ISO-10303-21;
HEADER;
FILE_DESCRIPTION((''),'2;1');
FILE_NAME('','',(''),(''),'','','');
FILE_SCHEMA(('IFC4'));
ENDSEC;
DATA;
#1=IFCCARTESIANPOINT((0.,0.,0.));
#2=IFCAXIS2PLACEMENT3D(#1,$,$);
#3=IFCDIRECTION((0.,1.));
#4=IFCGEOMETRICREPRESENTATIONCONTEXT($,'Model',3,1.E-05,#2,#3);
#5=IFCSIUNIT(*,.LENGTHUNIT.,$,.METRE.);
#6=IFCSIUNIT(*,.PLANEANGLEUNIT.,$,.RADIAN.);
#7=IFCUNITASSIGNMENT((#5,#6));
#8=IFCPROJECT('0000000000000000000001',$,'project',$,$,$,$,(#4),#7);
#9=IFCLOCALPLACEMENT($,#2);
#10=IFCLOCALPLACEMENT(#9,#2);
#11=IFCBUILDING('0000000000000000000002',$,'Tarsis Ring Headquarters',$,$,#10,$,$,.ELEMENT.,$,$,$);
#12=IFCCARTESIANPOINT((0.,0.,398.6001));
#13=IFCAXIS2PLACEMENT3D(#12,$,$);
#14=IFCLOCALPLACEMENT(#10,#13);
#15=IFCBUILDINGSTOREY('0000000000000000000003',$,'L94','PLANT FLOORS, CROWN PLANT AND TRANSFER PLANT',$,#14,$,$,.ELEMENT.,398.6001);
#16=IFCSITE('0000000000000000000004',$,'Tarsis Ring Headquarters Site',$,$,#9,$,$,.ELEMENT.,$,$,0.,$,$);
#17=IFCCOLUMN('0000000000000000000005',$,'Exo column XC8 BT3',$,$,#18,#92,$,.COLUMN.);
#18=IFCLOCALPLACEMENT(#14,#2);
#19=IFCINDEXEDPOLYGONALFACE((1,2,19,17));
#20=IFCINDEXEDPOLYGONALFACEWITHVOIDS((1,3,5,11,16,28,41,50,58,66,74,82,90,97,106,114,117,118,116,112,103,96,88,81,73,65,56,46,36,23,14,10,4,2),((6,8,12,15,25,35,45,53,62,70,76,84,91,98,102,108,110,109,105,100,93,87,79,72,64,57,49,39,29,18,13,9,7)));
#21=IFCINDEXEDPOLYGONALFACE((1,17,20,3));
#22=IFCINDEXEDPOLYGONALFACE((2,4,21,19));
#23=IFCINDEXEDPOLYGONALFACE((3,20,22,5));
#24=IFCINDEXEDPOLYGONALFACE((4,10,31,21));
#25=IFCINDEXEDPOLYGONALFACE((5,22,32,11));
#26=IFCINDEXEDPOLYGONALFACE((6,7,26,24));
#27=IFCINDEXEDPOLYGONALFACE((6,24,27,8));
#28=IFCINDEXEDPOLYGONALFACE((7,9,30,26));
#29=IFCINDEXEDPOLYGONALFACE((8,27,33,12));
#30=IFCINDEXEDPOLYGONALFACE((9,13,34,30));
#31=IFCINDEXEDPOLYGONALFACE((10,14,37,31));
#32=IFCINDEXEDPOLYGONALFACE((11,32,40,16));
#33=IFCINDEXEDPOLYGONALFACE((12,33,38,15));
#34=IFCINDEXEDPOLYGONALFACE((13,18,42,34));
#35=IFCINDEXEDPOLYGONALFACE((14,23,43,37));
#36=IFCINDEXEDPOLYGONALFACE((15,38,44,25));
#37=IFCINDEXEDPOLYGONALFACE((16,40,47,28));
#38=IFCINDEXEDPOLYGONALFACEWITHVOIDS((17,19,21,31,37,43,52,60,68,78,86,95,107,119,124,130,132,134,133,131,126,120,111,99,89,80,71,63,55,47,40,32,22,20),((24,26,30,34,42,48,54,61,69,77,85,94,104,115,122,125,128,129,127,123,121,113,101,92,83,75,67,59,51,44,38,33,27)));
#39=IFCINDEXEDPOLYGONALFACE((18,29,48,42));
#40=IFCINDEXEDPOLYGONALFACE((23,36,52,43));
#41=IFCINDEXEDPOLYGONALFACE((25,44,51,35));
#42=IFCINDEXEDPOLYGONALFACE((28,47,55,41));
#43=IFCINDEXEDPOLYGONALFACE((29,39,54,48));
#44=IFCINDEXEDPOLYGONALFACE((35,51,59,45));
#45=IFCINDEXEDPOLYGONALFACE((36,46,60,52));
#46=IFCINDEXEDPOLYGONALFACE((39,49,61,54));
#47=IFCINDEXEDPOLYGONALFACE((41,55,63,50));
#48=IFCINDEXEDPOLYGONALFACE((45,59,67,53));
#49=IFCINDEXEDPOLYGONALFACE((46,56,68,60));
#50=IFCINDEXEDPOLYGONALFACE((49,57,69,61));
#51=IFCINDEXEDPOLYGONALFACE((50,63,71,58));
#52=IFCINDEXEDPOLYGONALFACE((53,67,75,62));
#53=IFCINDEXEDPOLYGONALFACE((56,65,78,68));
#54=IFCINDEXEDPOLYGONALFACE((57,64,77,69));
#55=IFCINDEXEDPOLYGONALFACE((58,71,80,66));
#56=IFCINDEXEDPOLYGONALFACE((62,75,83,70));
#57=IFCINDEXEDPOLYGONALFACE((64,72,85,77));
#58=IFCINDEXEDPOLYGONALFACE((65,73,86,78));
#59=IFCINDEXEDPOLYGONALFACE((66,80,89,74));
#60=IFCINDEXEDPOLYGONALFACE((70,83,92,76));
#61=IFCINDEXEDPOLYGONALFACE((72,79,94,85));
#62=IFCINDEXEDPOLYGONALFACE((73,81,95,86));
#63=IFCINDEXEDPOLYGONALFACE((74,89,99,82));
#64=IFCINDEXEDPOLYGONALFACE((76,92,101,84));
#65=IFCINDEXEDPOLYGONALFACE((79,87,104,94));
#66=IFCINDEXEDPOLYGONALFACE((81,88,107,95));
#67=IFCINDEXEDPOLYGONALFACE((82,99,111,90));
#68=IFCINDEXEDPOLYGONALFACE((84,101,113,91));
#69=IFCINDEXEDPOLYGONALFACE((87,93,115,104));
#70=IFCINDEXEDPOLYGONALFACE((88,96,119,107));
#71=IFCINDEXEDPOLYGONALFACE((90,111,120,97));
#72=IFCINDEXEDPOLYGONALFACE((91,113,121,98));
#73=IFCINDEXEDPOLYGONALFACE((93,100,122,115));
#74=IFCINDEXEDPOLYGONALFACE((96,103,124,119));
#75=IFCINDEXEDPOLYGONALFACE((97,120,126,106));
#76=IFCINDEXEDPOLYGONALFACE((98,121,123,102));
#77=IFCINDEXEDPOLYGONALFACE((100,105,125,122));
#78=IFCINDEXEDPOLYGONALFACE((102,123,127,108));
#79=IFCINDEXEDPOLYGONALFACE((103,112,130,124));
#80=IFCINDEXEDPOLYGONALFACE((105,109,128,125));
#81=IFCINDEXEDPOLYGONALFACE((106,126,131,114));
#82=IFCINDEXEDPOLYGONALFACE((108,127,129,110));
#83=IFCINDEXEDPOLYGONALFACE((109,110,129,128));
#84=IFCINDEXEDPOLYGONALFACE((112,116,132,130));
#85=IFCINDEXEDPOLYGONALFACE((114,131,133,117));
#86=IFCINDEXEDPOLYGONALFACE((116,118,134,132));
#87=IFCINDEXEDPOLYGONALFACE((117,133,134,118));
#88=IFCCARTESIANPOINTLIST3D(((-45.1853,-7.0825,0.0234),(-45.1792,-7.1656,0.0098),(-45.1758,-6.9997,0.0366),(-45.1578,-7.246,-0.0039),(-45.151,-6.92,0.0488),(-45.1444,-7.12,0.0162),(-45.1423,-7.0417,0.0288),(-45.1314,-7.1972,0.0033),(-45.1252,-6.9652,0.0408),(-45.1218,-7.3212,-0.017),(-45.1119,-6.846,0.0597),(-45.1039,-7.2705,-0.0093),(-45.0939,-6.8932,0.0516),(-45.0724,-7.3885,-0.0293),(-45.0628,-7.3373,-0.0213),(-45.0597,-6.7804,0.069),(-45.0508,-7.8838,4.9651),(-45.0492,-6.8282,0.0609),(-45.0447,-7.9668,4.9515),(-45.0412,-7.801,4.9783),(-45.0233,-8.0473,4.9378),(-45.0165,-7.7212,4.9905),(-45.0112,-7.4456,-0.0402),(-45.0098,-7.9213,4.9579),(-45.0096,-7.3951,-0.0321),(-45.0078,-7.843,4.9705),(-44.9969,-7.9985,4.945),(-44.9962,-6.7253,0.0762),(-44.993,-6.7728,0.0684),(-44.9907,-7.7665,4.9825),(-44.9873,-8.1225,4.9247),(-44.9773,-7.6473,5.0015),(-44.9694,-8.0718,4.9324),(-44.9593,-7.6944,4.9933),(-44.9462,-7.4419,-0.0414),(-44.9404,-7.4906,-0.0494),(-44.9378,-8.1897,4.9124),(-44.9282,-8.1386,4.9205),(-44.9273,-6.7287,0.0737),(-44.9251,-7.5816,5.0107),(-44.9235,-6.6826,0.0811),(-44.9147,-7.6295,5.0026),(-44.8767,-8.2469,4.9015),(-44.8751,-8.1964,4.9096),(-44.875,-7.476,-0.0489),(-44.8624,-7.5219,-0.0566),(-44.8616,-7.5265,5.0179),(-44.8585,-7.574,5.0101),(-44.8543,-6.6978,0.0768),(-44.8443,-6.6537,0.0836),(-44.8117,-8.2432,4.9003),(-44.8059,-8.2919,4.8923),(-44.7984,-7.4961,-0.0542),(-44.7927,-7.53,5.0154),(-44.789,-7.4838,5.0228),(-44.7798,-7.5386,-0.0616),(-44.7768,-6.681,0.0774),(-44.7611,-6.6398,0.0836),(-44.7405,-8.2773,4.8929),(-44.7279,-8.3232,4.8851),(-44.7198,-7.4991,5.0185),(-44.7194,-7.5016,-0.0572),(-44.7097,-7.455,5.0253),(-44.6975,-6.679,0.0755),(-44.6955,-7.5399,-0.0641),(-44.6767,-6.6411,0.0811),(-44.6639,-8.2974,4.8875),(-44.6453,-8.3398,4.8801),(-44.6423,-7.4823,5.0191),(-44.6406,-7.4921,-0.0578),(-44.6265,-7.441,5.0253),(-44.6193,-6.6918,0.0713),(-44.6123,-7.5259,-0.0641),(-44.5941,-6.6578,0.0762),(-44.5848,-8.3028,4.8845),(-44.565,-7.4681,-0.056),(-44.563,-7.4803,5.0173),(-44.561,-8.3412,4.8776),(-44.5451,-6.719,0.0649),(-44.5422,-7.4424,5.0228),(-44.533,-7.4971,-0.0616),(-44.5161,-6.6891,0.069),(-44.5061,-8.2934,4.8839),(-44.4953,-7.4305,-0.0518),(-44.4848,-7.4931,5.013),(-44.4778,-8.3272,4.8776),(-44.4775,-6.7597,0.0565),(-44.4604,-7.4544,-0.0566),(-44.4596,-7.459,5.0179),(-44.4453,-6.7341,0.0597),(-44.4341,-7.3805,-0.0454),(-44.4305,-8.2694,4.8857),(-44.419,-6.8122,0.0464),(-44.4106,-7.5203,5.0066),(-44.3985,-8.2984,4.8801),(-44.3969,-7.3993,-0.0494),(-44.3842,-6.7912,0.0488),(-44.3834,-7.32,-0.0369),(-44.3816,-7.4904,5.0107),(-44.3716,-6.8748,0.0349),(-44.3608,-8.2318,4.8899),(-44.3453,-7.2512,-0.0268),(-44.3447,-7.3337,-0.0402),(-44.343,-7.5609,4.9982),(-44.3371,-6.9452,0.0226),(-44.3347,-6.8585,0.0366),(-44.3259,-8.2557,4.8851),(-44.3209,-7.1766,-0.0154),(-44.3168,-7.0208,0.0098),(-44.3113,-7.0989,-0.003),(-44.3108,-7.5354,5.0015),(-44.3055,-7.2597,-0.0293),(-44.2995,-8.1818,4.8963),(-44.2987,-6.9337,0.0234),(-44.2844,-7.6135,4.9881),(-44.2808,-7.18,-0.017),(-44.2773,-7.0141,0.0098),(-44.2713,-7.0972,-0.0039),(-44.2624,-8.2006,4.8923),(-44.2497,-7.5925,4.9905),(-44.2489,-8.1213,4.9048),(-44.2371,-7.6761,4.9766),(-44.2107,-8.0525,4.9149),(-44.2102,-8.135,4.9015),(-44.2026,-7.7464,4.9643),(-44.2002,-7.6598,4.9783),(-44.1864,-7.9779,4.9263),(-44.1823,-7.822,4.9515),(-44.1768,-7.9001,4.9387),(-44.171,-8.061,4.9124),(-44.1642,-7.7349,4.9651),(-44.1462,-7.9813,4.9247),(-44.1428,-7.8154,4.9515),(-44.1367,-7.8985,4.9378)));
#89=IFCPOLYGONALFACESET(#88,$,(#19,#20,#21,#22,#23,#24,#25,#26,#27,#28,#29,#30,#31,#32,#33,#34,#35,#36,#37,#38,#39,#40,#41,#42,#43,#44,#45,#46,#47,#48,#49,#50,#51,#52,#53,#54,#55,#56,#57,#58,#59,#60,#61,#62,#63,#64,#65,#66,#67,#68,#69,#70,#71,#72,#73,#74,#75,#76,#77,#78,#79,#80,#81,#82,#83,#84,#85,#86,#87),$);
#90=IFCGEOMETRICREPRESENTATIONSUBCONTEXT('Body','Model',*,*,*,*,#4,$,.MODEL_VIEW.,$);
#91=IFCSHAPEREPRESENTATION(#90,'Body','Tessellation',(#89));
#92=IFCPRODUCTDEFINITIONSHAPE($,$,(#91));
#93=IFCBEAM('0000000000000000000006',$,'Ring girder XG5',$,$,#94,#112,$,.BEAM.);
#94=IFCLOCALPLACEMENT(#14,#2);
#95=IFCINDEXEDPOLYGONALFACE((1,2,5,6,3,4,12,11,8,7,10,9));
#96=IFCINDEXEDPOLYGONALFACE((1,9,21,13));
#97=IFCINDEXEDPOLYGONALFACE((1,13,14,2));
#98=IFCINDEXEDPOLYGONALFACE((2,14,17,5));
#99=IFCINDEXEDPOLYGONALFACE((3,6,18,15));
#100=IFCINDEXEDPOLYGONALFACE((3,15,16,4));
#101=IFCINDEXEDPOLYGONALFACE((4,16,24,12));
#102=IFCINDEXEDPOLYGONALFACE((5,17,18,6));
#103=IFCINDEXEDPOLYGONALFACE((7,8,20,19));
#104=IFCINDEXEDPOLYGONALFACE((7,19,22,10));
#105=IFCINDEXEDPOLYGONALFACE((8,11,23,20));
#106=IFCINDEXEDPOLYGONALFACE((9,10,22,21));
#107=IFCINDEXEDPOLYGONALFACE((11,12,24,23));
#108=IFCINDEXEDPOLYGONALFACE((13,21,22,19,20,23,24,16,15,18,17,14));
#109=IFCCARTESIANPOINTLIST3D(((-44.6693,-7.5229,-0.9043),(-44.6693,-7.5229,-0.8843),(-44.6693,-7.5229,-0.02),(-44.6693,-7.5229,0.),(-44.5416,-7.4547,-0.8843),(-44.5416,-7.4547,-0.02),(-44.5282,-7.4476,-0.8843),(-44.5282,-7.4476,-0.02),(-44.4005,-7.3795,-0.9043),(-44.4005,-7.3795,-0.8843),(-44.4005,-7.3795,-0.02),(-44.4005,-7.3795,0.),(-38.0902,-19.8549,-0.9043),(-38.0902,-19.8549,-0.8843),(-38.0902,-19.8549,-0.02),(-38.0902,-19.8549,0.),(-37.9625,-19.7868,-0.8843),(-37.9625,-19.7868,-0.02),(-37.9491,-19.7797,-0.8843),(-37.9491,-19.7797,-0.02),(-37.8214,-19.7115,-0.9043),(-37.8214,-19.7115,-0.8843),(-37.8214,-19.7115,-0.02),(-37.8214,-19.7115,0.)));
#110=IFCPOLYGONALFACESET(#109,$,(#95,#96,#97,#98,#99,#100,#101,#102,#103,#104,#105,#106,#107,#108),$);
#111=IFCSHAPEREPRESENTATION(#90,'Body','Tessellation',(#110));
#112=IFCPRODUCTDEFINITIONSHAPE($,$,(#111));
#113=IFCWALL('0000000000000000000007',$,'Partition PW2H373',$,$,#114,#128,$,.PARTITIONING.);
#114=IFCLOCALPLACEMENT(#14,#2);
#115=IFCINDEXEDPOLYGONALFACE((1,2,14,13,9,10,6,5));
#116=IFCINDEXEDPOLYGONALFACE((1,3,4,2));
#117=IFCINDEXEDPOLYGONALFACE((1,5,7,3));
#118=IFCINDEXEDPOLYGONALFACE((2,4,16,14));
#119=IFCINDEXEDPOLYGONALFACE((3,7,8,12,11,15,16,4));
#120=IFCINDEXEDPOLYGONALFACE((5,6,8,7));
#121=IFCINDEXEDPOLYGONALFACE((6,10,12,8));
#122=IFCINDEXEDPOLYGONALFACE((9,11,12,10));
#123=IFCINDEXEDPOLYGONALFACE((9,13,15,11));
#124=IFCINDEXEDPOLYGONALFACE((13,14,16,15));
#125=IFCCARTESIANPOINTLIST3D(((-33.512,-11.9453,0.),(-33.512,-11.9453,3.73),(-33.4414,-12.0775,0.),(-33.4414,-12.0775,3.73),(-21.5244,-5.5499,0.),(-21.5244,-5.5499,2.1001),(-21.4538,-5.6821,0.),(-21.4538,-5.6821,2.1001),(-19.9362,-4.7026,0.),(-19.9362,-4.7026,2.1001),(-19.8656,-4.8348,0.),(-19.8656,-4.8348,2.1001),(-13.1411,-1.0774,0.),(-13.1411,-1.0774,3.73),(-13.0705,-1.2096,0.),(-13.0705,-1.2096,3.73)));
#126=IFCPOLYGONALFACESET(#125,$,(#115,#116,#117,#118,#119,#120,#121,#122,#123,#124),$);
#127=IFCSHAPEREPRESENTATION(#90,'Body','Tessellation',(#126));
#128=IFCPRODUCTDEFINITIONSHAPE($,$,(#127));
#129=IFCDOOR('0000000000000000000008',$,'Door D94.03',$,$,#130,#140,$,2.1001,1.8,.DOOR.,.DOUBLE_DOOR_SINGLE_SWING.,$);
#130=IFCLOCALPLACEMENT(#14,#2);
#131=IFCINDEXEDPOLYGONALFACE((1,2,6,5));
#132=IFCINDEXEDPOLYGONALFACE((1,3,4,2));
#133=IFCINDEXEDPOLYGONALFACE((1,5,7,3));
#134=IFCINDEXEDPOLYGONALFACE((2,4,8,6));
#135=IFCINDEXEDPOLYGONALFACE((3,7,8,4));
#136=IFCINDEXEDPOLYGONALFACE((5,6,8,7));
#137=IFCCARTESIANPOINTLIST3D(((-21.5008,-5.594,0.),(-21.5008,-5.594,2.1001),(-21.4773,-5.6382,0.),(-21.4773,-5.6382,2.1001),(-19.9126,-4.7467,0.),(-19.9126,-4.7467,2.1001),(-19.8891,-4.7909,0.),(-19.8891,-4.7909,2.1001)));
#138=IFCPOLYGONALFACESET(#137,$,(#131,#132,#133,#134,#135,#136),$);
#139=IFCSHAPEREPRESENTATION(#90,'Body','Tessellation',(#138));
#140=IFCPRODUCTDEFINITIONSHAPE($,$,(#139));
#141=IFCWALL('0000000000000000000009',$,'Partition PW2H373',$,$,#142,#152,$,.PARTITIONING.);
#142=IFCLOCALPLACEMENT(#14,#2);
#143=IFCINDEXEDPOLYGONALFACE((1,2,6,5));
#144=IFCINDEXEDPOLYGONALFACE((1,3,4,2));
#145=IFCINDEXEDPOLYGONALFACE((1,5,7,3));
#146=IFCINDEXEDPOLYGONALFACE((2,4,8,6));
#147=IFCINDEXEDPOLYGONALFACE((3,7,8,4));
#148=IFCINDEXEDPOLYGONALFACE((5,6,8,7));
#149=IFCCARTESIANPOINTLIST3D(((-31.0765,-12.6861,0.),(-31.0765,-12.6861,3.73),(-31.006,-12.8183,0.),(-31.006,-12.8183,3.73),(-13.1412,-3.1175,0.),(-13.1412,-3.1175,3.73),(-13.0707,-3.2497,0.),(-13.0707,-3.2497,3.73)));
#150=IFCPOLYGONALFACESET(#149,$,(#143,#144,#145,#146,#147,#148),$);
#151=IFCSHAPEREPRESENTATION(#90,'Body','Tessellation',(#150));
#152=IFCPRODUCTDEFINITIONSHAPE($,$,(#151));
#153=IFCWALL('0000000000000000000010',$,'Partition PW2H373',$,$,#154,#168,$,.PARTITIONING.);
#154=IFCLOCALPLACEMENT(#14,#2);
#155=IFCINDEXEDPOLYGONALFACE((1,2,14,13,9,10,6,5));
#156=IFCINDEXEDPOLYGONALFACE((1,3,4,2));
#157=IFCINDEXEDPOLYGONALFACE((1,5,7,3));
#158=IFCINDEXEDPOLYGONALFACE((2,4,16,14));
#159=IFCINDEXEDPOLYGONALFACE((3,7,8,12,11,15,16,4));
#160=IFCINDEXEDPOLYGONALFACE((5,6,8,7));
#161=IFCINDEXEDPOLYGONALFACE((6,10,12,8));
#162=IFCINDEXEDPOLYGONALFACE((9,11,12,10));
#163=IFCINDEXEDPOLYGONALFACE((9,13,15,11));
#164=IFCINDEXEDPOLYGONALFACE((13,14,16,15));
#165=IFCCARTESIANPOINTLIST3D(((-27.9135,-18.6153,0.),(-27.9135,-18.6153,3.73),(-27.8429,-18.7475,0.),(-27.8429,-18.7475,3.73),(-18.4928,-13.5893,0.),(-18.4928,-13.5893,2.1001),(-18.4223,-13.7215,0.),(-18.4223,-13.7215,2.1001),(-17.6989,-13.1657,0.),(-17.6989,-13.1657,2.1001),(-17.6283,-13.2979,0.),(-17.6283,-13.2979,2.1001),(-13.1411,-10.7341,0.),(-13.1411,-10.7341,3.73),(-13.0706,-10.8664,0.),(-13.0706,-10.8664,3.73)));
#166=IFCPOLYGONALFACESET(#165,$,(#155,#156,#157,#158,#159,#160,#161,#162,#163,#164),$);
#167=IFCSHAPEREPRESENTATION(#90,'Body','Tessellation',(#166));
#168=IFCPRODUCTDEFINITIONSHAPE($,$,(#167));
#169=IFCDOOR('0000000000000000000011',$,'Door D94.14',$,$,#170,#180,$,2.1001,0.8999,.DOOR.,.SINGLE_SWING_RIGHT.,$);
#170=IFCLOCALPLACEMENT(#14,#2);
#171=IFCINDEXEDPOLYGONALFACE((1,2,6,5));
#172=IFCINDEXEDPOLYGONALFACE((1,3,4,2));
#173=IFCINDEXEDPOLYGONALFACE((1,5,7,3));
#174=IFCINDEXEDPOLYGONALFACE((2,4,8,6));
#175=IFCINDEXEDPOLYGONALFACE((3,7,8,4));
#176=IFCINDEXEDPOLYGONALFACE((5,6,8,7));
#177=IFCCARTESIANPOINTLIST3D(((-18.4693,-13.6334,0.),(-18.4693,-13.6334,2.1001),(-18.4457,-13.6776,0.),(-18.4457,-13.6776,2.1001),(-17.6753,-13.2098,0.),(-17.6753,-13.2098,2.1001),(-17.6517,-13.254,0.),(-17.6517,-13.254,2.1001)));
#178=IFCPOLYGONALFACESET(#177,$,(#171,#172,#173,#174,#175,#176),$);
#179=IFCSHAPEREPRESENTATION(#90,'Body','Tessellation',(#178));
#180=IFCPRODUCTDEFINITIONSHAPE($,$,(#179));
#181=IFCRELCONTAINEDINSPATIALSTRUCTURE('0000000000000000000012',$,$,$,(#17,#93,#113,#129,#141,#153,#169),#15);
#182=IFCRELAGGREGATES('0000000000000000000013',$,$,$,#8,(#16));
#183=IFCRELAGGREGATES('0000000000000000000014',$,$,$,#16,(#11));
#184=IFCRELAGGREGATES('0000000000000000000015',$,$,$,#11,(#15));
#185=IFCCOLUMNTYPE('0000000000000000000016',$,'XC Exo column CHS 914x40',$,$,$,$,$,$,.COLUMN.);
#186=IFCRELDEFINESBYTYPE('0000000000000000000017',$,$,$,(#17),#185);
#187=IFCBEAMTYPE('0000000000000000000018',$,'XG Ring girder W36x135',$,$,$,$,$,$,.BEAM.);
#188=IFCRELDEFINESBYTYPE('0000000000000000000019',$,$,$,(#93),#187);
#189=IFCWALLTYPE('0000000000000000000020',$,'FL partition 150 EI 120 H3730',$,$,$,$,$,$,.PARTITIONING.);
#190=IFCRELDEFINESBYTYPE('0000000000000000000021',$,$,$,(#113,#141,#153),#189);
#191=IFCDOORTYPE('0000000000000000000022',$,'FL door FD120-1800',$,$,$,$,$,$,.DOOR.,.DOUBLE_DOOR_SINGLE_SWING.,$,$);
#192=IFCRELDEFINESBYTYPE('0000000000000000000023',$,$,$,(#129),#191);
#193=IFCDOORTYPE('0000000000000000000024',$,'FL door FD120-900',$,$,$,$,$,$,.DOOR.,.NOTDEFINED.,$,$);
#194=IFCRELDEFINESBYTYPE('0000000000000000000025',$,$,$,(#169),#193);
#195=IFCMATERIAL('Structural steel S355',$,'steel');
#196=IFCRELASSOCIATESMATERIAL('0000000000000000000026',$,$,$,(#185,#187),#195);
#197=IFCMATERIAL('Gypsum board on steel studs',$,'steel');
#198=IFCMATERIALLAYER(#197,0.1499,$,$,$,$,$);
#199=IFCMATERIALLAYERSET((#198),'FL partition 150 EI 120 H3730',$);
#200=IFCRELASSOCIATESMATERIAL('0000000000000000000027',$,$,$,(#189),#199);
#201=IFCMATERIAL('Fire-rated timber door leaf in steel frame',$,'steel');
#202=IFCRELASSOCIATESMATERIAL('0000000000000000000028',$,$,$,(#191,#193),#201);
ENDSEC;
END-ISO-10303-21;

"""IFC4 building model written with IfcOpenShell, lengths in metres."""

from ifc_helpers import new_model, si_unit, direction, frame, frame_2d, origin, origin_2d, place, context, subcontext, project, spatial, rectangle, hollow_circle, i_section, extrude, material, layer, layer_set, material_profile, profile_set, type_object, element, fill, save


model = new_model("IFC4")

# Units and contexts
model_context = context("Model", 3, precision=1e-05, world=origin(), true_north=direction((0.0, 1.0)))
body_context = subcontext(model_context, "Body", "Model", "MODEL_VIEW")
ifc_project = project(units=[si_unit("LENGTHUNIT", "METRE"), si_unit("PLANEANGLEUNIT", "RADIAN")], contexts=[model_context])

# Site, building, storey
site_placement = place(None, origin())
site = spatial("IfcSite", under=ifc_project, at=site_placement, Name="Tarsis Ring Headquarters Site", CompositionType="ELEMENT", RefElevation=0.0)
building_placement = place(site_placement, origin())
building = spatial("IfcBuilding", under=site, at=building_placement, Name="Tarsis Ring Headquarters", CompositionType="ELEMENT")
storey_placement = place(building_placement, frame((0.0, 0.0, 398.6001)))
storey = spatial("IfcBuildingStorey", under=building, at=storey_placement, Name="L94", Description="PLANT FLOORS, CROWN PLANT AND TRANSFER PLANT", CompositionType="ELEMENT", Elevation=398.6001)

# Column
ifc_material_1 = material(Name="Structural steel S355", Category="steel")
ifc_material_profile_1 = material_profile(ifc_material_1, hollow_circle(Radius=0.457, WallThickness=0.04, at=origin_2d()), Name="CHS 914x40")
ifc_profile_set_1 = profile_set([ifc_material_profile_1], Name="Structural steel S355")
column_type = type_object("IfcColumnType", Name="XC Exo column CHS 914x40", PredefinedType="COLUMN", material=ifc_profile_set_1)
column_placement = place(storey_placement, frame((-44.7283, -7.0898, 0.0098), z_axis=(0.026861, -0.159998, 0.986752), x_axis=(0.986198, 0.165568, 0.0)))
element("IfcColumn", 1, at=column_placement, inside=storey, type_object=column_type, Name="Exo column XC8 BT3", PredefinedType="COLUMN", context=body_context, shape_type="SweptSolid", body=[
    extrude(hollow_circle(Radius=0.4573, WallThickness=0.04, at=origin_2d()), origin(), (0.0, 0.0, 1.0), 5.0081),
])

# Beam
ifc_material_profile_2 = material_profile(ifc_material_1, i_section(OverallWidth=0.3047, OverallDepth=0.9043, WebThickness=0.0151, FlangeThickness=0.02, at=origin_2d()), Name="W36x135")
ifc_profile_set_2 = profile_set([ifc_material_profile_2], Name="Structural steel S355")
beam_type = type_object("IfcBeamType", Name="XG Ring girder W36x135", PredefinedType="BEAM", material=ifc_profile_set_2)
beam_placement = place(storey_placement, frame((-44.5349, -7.4512, -0.4521), z_axis=(0.470701, -0.882293, 0.0), x_axis=(0.882293, 0.470701, 0.0)))
element("IfcBeam", 2, at=beam_placement, inside=storey, type_object=beam_type, Name="Ring girder XG5", PredefinedType="BEAM", context=body_context, shape_type="SweptSolid", body=[
    extrude(i_section(OverallWidth=0.3047, OverallDepth=0.9043, WebThickness=0.0151, FlangeThickness=0.02, at=origin_2d()), origin(), (0.0, 0.0, 1.0), 13.9773),
])

# Wall, opening, door
ifc_material_2 = material(Name="Gypsum board on steel studs", Category="steel")
ifc_layer = layer(ifc_material_2, 0.1499)
ifc_layer_set = layer_set([ifc_layer], Name="FL partition 150 EI 120 H3730")
wall_type = type_object("IfcWallType", Name="FL partition 150 EI 120 H3730", PredefinedType="PARTITIONING", material=ifc_layer_set)
wall_1_placement = place(storey_placement, frame((-33.4768, -12.0115, 0.0), z_axis=(0.0, 0.0, 1.0), x_axis=(0.882291, 0.470705, 0.0)))
wall_1 = element("IfcWall", 3, at=wall_1_placement, inside=storey, type_object=wall_type, Name="Partition PW2H373", PredefinedType="PARTITIONING", context=body_context, shape_type="SweptSolid", body=[
    extrude(rectangle(XDim=23.0886, YDim=0.1499, at=frame_2d((11.5444, 0.0))), origin(), (0.0, 0.0, 1.0), 3.73),
])
opening_1_placement = place(wall_1_placement, frame((13.5872, 0.0, 0.0)))
opening_1 = element("IfcOpeningElement", 4, at=opening_1_placement, cuts=wall_1, PredefinedType="OPENING", context=body_context, shape_type="SweptSolid", body=[
    extrude(rectangle(XDim=1.8, YDim=2.1001, at=frame_2d((0.8999, 1.05))), frame((0.0, 0.085, 0.0), z_axis=(0.0, -1.0, 0.0), x_axis=(1.0, 0.0, 0.0)), (0.0, 0.0, 1.0), 0.1699),
])
ifc_material_3 = material(Name="Fire-rated timber door leaf in steel frame", Category="steel")
door_type_1 = type_object("IfcDoorType", Name="FL door FD120-1800", OperationType="DOUBLE_DOOR_SINGLE_SWING", PredefinedType="DOOR", material=ifc_material_3)
door_1_placement = place(opening_1_placement, origin())
door_1 = element("IfcDoor", 5, at=door_1_placement, inside=storey, type_object=door_type_1, Name="Door D94.03", OperationType="DOUBLE_DOOR_SINGLE_SWING", OverallHeight=2.1001, OverallWidth=1.8, PredefinedType="DOOR", context=body_context, shape_type="SweptSolid", body=[
    extrude(rectangle(XDim=1.8, YDim=2.1001, at=frame_2d((0.8999, 1.05))), frame((0.0, 0.0249, 0.0), z_axis=(0.0, -1.0, 0.0), x_axis=(1.0, 0.0, 0.0)), (0.0, 0.0, 1.0), 0.05),
])
fill(opening_1, door_1)

# Wall
wall_2_placement = place(storey_placement, frame((-31.0413, -12.7522, 0.0), z_axis=(0.0, 0.0, 1.0), x_axis=(0.882289, 0.470707, 0.0)))
element("IfcWall", 6, at=wall_2_placement, inside=storey, type_object=wall_type, Name="Partition PW2H373", PredefinedType="PARTITIONING", context=body_context, shape_type="SweptSolid", body=[
    extrude(rectangle(XDim=20.3281, YDim=0.1499, at=frame_2d((10.1641, 0.0))), origin(), (0.0, 0.0, 1.0), 3.73),
])

# Wall, opening, door
wall_3_placement = place(storey_placement, frame((-27.8782, -18.6814, 0.0), z_axis=(0.0, 0.0, 1.0), x_axis=(0.882289, 0.470709, 0.0)))
wall_3 = element("IfcWall", 7, at=wall_3_placement, inside=storey, type_object=wall_type, Name="Partition PW2H373", PredefinedType="PARTITIONING", context=body_context, shape_type="SweptSolid", body=[
    extrude(rectangle(XDim=16.7432, YDim=0.1499, at=frame_2d((8.3716, 0.0))), origin(), (0.0, 0.0, 1.0), 3.73),
])
opening_2_placement = place(wall_3_placement, frame((10.6775, 0.0, 0.0)))
opening_2 = element("IfcOpeningElement", 8, at=opening_2_placement, cuts=wall_3, PredefinedType="OPENING", context=body_context, shape_type="SweptSolid", body=[
    extrude(rectangle(XDim=0.8999, YDim=2.1001, at=frame_2d((0.45, 1.05))), frame((0.0, 0.085, 0.0), z_axis=(0.0, -1.0, 0.0), x_axis=(1.0, 0.0, 0.0)), (0.0, 0.0, 1.0), 0.1699),
])
door_type_2 = type_object("IfcDoorType", Name="FL door FD120-900", OperationType="NOTDEFINED", PredefinedType="DOOR", material=ifc_material_3)
door_2_placement = place(opening_2_placement, origin())
door_2 = element("IfcDoor", 9, at=door_2_placement, inside=storey, type_object=door_type_2, Name="Door D94.14", OperationType="SINGLE_SWING_RIGHT", OverallHeight=2.1001, OverallWidth=0.8999, PredefinedType="DOOR", context=body_context, shape_type="SweptSolid", body=[
    extrude(rectangle(XDim=0.8999, YDim=2.1001, at=frame_2d((0.45, 1.05))), frame((0.0, 0.0249, 0.0), z_axis=(0.0, -1.0, 0.0), x_axis=(1.0, 0.0, 0.0)), (0.0, 0.0, 1.0), 0.05),
])
fill(opening_2, door_2)

save(model, "model.ifc")
